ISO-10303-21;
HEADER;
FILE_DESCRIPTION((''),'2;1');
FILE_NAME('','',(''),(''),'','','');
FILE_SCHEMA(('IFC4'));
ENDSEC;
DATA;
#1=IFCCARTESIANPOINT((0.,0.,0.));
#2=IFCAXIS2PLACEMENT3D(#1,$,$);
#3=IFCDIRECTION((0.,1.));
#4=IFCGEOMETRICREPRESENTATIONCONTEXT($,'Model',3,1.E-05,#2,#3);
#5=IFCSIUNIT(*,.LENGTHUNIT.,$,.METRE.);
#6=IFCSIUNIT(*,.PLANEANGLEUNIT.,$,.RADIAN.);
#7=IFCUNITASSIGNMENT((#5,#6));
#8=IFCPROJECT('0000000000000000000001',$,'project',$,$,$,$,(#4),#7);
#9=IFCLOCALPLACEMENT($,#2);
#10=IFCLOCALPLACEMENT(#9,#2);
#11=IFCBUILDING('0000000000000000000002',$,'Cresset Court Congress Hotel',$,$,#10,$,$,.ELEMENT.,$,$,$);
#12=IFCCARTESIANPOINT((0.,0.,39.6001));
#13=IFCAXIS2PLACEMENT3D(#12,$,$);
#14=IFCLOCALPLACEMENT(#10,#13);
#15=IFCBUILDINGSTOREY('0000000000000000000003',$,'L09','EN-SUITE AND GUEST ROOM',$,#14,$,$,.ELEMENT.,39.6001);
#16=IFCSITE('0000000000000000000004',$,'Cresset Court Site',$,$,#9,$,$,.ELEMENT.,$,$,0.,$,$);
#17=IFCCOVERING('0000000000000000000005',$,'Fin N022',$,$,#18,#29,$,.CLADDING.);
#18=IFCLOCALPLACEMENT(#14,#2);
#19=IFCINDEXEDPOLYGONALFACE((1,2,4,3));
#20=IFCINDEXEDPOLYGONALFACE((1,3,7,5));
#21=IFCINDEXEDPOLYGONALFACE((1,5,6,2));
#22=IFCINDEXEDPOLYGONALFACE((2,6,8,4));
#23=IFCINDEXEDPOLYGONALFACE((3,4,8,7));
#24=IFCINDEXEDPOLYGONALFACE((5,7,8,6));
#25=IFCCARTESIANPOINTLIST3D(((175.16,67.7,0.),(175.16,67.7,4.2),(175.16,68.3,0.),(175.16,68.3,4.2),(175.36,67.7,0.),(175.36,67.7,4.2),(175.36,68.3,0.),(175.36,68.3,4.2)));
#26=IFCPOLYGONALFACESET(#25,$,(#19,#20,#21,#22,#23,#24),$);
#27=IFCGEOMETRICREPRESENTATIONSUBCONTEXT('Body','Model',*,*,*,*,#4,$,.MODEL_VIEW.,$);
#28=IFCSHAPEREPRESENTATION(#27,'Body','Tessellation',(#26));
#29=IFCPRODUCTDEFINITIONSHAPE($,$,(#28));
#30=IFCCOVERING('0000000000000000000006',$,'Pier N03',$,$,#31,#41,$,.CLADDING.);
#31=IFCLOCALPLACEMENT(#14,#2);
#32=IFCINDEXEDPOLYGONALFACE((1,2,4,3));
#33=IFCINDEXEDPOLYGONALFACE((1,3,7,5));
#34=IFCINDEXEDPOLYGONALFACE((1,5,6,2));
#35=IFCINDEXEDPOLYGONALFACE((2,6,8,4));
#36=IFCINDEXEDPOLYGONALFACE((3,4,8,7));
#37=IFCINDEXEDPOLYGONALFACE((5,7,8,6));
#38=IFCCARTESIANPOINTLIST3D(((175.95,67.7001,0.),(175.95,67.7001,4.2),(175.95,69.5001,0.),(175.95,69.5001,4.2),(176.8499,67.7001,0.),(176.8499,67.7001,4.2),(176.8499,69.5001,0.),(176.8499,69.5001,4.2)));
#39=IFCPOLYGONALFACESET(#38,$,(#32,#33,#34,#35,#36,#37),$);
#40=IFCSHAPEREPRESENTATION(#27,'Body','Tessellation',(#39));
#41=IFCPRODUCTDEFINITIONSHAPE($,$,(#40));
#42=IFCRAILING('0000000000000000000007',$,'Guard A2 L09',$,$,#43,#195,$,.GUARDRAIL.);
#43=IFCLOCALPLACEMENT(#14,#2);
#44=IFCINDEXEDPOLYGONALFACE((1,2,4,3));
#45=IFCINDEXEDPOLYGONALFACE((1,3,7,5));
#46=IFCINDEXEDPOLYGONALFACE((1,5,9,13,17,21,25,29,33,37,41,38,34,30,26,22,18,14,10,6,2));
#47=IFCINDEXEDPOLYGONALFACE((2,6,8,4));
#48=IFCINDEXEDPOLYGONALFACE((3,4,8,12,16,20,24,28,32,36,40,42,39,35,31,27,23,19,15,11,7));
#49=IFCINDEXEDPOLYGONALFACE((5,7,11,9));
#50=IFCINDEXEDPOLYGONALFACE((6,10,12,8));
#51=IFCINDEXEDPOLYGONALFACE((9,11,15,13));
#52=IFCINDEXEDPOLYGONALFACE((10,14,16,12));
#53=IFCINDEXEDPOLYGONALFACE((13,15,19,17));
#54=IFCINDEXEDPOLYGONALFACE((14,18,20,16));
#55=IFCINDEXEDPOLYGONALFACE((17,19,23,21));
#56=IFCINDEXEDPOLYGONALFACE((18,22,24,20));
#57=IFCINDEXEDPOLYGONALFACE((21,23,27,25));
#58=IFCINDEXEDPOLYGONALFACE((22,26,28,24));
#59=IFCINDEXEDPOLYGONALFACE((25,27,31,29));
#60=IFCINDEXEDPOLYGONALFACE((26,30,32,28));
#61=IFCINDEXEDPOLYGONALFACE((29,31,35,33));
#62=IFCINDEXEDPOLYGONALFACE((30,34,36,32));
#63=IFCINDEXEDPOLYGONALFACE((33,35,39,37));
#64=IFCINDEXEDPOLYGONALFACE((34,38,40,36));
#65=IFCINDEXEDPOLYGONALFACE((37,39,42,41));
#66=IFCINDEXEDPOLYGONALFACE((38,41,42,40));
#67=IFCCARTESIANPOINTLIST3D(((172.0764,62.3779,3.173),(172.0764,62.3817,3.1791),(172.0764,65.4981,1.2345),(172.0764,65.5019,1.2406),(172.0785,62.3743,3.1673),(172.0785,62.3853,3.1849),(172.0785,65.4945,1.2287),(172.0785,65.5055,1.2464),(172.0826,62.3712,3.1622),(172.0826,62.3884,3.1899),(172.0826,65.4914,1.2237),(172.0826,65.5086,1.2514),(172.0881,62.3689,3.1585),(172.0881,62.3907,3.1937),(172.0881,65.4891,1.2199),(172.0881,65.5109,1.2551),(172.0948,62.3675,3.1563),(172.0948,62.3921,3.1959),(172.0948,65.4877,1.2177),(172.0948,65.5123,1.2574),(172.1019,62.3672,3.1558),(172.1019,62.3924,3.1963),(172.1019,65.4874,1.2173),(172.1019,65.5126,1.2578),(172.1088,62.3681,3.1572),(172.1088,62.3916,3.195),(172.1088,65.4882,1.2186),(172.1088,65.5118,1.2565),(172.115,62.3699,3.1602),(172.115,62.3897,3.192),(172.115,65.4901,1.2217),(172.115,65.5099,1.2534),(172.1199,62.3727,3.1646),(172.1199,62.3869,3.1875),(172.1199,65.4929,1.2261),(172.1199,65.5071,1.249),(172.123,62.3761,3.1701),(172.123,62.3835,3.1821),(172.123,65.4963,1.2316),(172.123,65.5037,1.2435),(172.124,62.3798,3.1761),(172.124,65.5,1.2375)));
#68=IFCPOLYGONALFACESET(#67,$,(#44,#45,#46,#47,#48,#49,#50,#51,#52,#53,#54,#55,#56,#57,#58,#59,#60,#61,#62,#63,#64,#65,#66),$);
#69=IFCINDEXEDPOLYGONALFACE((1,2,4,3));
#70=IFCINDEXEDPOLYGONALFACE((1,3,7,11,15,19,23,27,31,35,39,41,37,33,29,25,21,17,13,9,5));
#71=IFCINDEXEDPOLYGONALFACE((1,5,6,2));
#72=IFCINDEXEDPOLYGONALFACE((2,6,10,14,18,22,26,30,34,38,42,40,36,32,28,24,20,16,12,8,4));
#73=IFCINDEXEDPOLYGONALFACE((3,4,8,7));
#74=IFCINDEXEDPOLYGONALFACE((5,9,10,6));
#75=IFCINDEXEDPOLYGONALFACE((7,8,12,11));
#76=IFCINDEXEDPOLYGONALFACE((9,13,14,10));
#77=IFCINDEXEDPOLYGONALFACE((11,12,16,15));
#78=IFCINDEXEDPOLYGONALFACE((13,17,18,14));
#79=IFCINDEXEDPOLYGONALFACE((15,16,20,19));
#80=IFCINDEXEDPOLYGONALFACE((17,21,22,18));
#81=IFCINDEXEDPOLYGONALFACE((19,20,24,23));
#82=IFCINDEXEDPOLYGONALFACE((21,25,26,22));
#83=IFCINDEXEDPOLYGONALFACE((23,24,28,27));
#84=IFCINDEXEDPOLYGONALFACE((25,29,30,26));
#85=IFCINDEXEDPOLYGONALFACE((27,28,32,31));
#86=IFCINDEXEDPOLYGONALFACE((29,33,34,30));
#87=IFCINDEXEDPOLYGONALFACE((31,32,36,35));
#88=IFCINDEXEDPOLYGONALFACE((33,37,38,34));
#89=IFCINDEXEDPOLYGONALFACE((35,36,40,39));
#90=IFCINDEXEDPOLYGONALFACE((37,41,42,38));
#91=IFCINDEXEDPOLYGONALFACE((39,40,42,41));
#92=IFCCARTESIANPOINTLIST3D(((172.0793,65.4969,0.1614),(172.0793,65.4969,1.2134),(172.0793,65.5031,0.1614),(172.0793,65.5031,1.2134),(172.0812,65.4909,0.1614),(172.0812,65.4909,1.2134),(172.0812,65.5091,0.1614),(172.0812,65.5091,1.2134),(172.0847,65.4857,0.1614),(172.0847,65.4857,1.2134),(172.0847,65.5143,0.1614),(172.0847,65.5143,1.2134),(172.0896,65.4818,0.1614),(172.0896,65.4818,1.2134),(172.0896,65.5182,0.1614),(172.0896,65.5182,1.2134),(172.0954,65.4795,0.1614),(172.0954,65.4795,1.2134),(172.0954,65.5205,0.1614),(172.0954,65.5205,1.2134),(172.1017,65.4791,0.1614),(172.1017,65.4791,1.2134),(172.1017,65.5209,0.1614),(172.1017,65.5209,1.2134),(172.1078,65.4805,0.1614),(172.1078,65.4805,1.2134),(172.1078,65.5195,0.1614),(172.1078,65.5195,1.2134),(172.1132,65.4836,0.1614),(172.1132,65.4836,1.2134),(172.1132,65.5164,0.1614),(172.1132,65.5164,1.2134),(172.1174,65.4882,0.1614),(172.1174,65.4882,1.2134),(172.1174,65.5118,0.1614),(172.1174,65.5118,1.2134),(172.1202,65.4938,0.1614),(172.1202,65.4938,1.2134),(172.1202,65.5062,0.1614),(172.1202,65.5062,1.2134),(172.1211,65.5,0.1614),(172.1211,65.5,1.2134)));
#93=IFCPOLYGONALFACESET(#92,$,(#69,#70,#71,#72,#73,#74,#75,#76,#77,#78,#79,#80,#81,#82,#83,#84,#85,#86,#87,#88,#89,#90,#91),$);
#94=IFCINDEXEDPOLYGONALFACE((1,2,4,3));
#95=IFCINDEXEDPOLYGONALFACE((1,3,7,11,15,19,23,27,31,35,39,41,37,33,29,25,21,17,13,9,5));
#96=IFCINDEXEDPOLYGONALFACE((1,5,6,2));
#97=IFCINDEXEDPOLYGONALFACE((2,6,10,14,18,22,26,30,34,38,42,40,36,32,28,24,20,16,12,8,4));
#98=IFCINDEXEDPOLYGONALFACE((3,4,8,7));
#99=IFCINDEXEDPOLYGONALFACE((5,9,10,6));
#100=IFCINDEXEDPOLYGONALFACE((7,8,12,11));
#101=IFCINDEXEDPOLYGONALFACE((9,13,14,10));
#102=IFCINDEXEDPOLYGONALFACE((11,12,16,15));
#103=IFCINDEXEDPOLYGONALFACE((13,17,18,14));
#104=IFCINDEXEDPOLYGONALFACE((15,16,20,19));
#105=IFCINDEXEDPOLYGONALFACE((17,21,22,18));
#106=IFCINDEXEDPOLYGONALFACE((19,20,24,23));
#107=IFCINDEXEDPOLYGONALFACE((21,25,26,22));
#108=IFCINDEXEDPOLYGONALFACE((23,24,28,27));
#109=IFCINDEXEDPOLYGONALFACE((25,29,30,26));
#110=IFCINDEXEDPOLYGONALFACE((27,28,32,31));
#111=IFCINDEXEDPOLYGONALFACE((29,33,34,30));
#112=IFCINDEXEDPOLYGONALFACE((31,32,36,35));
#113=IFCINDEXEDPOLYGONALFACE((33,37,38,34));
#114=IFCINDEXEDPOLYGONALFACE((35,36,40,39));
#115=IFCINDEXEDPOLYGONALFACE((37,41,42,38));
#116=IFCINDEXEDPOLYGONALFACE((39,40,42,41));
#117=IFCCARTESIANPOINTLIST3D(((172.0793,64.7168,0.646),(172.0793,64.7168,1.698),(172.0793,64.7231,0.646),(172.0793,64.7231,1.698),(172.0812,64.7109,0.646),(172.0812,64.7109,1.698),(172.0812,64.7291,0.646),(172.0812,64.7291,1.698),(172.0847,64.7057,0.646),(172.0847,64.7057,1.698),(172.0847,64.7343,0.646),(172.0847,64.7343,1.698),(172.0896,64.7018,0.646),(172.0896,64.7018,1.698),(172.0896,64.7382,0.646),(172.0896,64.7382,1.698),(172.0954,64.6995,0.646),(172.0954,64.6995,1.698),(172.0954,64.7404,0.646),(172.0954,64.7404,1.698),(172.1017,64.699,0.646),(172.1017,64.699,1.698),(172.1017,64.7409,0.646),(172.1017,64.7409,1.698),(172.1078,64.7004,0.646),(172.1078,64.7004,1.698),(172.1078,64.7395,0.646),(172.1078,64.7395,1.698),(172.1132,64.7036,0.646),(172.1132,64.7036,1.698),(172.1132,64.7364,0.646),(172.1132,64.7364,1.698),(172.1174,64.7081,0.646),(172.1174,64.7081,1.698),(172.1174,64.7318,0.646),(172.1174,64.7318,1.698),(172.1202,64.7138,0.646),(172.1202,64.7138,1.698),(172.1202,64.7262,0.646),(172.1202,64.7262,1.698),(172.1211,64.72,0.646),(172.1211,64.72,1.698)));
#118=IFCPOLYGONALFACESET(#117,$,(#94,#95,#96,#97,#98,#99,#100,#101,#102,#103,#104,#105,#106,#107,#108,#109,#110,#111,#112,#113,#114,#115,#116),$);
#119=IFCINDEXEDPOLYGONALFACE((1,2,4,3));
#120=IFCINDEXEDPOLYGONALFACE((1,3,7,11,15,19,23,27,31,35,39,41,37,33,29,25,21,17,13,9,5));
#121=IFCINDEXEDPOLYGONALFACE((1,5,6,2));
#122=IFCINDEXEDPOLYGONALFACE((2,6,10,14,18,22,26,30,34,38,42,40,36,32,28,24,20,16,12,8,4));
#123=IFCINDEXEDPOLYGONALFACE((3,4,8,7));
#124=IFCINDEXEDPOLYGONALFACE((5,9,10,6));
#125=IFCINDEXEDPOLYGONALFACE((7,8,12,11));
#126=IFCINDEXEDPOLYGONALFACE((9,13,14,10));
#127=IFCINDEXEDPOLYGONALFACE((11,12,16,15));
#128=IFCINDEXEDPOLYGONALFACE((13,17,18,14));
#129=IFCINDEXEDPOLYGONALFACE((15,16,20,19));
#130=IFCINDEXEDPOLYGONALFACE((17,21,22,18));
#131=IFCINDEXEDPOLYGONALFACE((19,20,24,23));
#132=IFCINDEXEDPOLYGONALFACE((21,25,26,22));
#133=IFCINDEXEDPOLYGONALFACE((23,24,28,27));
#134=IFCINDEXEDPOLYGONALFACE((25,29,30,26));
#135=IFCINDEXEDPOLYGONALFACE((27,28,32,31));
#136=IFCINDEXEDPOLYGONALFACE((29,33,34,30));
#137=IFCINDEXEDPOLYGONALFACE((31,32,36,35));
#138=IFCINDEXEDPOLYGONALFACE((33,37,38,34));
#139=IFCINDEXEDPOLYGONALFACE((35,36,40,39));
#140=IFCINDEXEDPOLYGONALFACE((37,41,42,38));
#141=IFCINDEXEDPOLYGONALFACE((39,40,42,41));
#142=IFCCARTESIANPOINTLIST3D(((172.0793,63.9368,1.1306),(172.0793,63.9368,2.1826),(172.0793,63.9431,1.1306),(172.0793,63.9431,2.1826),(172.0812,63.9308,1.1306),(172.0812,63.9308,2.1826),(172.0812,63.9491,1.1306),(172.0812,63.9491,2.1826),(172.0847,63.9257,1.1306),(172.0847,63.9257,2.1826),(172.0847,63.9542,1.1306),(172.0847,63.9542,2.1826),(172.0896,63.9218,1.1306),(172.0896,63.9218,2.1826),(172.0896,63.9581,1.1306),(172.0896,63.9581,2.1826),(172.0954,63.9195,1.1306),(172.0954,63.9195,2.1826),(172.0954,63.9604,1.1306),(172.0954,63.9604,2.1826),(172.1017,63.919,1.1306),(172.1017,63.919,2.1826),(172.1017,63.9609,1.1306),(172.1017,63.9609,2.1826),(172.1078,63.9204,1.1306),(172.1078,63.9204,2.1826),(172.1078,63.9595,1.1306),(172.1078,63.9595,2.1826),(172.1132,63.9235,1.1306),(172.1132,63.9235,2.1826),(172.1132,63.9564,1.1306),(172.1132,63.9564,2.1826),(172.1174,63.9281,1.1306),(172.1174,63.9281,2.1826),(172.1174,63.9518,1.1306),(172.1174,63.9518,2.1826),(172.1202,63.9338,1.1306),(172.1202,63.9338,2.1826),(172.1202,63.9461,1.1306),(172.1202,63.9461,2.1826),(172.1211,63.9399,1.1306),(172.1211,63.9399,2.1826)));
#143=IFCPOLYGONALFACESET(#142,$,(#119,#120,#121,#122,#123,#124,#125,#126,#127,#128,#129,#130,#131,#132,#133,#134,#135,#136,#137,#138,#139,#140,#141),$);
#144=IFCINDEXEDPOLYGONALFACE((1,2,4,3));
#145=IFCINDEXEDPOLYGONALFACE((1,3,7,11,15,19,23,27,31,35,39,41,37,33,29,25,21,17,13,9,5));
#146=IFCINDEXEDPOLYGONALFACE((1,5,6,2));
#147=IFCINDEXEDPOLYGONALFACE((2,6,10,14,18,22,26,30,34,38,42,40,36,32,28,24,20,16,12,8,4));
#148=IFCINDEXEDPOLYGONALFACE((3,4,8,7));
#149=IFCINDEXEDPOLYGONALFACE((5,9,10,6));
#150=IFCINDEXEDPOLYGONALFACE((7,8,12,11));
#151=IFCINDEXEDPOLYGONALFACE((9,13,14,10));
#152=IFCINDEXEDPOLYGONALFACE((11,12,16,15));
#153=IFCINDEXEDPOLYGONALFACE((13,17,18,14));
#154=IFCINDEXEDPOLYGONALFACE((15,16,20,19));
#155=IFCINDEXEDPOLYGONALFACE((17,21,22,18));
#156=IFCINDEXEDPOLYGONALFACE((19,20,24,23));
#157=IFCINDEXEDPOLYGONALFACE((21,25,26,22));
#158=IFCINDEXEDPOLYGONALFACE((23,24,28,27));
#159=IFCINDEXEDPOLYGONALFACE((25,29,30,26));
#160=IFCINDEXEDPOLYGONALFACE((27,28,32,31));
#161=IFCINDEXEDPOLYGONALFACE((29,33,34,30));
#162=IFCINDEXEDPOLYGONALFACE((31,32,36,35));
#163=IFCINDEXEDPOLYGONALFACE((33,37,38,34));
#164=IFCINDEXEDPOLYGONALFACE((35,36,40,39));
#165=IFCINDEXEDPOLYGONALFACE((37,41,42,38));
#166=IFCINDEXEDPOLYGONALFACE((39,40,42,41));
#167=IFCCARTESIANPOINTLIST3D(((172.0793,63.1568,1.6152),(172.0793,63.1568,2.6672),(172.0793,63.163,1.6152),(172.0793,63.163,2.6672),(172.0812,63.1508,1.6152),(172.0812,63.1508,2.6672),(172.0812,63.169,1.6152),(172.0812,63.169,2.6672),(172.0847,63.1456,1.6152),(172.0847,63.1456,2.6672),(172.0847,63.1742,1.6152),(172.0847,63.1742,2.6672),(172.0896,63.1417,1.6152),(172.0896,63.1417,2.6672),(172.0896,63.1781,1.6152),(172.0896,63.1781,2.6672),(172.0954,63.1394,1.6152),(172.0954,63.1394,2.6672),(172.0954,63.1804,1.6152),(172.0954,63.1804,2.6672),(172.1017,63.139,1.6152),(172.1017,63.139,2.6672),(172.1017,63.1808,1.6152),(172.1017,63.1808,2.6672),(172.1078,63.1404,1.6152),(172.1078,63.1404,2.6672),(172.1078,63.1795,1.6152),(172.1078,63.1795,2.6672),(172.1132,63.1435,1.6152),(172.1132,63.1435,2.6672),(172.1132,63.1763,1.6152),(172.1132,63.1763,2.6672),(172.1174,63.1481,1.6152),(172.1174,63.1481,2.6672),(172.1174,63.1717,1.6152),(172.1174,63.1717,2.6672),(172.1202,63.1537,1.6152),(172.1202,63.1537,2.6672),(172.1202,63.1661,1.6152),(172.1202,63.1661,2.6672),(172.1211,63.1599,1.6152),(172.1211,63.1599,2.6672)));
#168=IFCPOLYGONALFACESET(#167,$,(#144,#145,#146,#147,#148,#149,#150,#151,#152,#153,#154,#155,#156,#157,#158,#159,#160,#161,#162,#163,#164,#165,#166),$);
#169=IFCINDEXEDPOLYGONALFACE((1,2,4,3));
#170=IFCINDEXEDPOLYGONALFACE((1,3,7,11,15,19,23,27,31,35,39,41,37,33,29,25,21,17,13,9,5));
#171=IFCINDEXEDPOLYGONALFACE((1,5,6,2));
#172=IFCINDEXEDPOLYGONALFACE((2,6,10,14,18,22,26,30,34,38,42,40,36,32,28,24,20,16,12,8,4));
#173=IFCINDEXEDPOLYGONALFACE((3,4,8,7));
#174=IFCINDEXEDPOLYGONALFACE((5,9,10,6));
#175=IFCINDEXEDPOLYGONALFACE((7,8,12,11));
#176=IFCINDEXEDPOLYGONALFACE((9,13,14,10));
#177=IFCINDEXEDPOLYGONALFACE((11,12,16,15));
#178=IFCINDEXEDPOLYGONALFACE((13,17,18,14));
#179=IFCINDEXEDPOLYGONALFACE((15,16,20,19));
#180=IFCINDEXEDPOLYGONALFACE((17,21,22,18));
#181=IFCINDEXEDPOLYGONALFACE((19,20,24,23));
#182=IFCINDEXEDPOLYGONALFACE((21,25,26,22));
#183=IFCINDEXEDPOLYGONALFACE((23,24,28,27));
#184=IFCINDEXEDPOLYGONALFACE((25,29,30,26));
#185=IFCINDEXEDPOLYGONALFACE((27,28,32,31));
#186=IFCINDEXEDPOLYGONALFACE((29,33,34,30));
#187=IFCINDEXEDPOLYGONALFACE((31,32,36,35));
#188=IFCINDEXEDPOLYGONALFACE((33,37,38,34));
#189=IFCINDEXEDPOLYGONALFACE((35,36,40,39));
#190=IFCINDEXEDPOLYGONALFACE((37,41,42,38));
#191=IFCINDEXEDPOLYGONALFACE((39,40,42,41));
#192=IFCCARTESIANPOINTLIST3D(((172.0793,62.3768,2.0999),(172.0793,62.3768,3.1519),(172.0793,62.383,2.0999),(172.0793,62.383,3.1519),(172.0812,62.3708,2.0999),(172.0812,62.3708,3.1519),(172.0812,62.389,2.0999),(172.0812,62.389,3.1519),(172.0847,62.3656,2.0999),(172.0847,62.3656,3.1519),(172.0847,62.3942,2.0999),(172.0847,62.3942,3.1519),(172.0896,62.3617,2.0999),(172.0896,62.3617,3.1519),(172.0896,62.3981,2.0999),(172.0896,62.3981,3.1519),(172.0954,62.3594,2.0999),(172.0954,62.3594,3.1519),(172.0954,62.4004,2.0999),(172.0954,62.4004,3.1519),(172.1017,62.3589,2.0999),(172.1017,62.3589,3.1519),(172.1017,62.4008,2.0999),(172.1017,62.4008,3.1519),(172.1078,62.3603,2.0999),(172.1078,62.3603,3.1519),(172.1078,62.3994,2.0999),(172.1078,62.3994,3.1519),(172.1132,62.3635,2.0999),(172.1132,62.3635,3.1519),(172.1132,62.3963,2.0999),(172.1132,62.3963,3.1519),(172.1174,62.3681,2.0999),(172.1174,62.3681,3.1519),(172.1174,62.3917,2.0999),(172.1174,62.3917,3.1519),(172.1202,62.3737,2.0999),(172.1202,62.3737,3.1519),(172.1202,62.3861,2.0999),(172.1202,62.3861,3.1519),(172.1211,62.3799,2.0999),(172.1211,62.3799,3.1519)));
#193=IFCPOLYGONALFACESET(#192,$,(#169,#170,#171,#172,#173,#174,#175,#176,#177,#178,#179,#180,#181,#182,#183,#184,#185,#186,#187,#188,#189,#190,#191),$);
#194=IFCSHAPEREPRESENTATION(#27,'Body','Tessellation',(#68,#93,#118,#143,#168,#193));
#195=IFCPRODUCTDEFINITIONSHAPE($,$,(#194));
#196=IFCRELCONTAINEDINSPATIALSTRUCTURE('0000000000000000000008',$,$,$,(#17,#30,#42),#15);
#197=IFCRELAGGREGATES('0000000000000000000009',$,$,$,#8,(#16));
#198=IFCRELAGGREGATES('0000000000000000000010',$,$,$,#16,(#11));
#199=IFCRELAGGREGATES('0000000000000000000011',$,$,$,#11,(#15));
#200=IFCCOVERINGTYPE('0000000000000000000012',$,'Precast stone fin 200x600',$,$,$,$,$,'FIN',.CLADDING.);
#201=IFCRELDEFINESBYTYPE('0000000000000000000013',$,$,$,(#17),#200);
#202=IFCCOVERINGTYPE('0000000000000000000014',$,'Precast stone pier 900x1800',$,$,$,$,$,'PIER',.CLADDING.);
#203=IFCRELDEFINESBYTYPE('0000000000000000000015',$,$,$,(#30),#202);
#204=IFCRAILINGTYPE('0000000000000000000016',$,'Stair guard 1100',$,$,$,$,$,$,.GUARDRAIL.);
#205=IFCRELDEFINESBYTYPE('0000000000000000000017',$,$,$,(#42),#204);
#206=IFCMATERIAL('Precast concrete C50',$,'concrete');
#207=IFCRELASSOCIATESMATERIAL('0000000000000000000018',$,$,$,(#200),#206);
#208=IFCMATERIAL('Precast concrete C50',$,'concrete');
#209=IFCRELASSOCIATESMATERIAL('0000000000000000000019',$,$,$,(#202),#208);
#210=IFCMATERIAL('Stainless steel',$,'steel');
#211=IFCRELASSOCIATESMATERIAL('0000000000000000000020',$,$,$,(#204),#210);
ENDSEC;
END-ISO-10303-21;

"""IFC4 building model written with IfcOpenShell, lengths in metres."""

from ifc_helpers import new_model, si_unit, direction, frame, origin, origin_2d, place, context, subcontext, project, spatial, rectangle, circle, extrude, material, type_object, element, save


model = new_model("IFC4")

# Units and contexts
model_context = context("Model", 3, precision=1e-05, world=origin(), true_north=direction((0.0, 1.0)))
body_context = subcontext(model_context, "Body", "Model", "MODEL_VIEW")
ifc_project = project(units=[si_unit("LENGTHUNIT", "METRE"), si_unit("PLANEANGLEUNIT", "RADIAN")], contexts=[model_context])

# Site, building, storey
site_placement = place(None, origin())
site = spatial("IfcSite", under=ifc_project, at=site_placement, Name="Cresset Court Site", CompositionType="ELEMENT", RefElevation=0.0)
building_placement = place(site_placement, origin())
building = spatial("IfcBuilding", under=site, at=building_placement, Name="Cresset Court Congress Hotel", CompositionType="ELEMENT")
storey_placement = place(building_placement, frame((0.0, 0.0, 39.6001)))
storey = spatial("IfcBuildingStorey", under=building, at=storey_placement, Name="L09", Description="EN-SUITE AND GUEST ROOM", CompositionType="ELEMENT", Elevation=39.6001)

# Coverings
ifc_material_1 = material(Name="Precast concrete C50", Category="concrete")
covering_type_1 = type_object("IfcCoveringType", Name="Precast stone fin 200x600", ElementType="FIN", PredefinedType="CLADDING", material=ifc_material_1)
for number, where, z_axis, x_axis, name in (
    (1, (175.26, 68.0, 0.0), (0.0, 0.0, 1.0), (1.0, 0.0, 0.0), "Fin N022"),
):
    element("IfcCovering", number, at=place(storey_placement, frame(where, z_axis=z_axis, x_axis=x_axis)), inside=storey, type_object=covering_type_1, Name=name, PredefinedType="CLADDING", context=body_context, shape_type="SweptSolid", body=[
        extrude(rectangle(XDim=0.2, YDim=0.6001, at=origin_2d()), origin(), (0.0, 0.0, 1.0), 4.2),
    ])
ifc_material_2 = material(Name="Precast concrete C50", Category="concrete")
covering_type_2 = type_object("IfcCoveringType", Name="Precast stone pier 900x1800", ElementType="PIER", PredefinedType="CLADDING", material=ifc_material_2)
covering_placement = place(storey_placement, frame((176.3999, 68.6001, 0.0), z_axis=(0.0, 0.0, 1.0), x_axis=(1.0, 0.0, 0.0)))
element("IfcCovering", 2, at=covering_placement, inside=storey, type_object=covering_type_2, Name="Pier N03", PredefinedType="CLADDING", context=body_context, shape_type="SweptSolid", body=[
    extrude(rectangle(XDim=0.8999, YDim=1.8, at=origin_2d()), origin(), (0.0, 0.0, 1.0), 4.2),
])

# Railing
ifc_material_3 = material(Name="Stainless steel", Category="steel")
railing_type_1 = type_object("IfcRailingType", Name="Stair guard 1100", PredefinedType="GUARDRAIL", material=ifc_material_3)
railing_1_placement = place(storey_placement, frame((172.1001, 65.5, 0.1614)))
element("IfcRailing", 3, at=railing_1_placement, inside=storey, type_object=railing_type_1, Name="Guard A2 L09", PredefinedType="GUARDRAIL", context=body_context, shape_type="SweptSolid", body=[
    extrude(circle(Radius=0.0239, at=origin_2d()), frame((0.0, 0.0, 1.0762), z_axis=(0.0, -0.849414, 0.527727), x_axis=(1.0, 0.0, 0.0)), (0.0, 0.0, 1.0), 3.6733),
    extrude(circle(Radius=0.021, at=origin_2d()), origin(), (0.0, 0.0, 1.0), 1.052),
    extrude(circle(Radius=0.021, at=origin_2d()), frame((0.0, -0.78, 0.4846)), (0.0, 0.0, 1.0), 1.052),
    extrude(circle(Radius=0.021, at=origin_2d()), frame((0.0, -1.5601, 0.9692)), (0.0, 0.0, 1.0), 1.052),
    extrude(circle(Radius=0.021, at=origin_2d()), frame((0.0, -2.3401, 1.4539)), (0.0, 0.0, 1.0), 1.052),
    extrude(circle(Radius=0.021, at=origin_2d()), frame((0.0, -3.1201, 1.9385)), (0.0, 0.0, 1.0), 1.052),
])

save(model, "model.ifc")
